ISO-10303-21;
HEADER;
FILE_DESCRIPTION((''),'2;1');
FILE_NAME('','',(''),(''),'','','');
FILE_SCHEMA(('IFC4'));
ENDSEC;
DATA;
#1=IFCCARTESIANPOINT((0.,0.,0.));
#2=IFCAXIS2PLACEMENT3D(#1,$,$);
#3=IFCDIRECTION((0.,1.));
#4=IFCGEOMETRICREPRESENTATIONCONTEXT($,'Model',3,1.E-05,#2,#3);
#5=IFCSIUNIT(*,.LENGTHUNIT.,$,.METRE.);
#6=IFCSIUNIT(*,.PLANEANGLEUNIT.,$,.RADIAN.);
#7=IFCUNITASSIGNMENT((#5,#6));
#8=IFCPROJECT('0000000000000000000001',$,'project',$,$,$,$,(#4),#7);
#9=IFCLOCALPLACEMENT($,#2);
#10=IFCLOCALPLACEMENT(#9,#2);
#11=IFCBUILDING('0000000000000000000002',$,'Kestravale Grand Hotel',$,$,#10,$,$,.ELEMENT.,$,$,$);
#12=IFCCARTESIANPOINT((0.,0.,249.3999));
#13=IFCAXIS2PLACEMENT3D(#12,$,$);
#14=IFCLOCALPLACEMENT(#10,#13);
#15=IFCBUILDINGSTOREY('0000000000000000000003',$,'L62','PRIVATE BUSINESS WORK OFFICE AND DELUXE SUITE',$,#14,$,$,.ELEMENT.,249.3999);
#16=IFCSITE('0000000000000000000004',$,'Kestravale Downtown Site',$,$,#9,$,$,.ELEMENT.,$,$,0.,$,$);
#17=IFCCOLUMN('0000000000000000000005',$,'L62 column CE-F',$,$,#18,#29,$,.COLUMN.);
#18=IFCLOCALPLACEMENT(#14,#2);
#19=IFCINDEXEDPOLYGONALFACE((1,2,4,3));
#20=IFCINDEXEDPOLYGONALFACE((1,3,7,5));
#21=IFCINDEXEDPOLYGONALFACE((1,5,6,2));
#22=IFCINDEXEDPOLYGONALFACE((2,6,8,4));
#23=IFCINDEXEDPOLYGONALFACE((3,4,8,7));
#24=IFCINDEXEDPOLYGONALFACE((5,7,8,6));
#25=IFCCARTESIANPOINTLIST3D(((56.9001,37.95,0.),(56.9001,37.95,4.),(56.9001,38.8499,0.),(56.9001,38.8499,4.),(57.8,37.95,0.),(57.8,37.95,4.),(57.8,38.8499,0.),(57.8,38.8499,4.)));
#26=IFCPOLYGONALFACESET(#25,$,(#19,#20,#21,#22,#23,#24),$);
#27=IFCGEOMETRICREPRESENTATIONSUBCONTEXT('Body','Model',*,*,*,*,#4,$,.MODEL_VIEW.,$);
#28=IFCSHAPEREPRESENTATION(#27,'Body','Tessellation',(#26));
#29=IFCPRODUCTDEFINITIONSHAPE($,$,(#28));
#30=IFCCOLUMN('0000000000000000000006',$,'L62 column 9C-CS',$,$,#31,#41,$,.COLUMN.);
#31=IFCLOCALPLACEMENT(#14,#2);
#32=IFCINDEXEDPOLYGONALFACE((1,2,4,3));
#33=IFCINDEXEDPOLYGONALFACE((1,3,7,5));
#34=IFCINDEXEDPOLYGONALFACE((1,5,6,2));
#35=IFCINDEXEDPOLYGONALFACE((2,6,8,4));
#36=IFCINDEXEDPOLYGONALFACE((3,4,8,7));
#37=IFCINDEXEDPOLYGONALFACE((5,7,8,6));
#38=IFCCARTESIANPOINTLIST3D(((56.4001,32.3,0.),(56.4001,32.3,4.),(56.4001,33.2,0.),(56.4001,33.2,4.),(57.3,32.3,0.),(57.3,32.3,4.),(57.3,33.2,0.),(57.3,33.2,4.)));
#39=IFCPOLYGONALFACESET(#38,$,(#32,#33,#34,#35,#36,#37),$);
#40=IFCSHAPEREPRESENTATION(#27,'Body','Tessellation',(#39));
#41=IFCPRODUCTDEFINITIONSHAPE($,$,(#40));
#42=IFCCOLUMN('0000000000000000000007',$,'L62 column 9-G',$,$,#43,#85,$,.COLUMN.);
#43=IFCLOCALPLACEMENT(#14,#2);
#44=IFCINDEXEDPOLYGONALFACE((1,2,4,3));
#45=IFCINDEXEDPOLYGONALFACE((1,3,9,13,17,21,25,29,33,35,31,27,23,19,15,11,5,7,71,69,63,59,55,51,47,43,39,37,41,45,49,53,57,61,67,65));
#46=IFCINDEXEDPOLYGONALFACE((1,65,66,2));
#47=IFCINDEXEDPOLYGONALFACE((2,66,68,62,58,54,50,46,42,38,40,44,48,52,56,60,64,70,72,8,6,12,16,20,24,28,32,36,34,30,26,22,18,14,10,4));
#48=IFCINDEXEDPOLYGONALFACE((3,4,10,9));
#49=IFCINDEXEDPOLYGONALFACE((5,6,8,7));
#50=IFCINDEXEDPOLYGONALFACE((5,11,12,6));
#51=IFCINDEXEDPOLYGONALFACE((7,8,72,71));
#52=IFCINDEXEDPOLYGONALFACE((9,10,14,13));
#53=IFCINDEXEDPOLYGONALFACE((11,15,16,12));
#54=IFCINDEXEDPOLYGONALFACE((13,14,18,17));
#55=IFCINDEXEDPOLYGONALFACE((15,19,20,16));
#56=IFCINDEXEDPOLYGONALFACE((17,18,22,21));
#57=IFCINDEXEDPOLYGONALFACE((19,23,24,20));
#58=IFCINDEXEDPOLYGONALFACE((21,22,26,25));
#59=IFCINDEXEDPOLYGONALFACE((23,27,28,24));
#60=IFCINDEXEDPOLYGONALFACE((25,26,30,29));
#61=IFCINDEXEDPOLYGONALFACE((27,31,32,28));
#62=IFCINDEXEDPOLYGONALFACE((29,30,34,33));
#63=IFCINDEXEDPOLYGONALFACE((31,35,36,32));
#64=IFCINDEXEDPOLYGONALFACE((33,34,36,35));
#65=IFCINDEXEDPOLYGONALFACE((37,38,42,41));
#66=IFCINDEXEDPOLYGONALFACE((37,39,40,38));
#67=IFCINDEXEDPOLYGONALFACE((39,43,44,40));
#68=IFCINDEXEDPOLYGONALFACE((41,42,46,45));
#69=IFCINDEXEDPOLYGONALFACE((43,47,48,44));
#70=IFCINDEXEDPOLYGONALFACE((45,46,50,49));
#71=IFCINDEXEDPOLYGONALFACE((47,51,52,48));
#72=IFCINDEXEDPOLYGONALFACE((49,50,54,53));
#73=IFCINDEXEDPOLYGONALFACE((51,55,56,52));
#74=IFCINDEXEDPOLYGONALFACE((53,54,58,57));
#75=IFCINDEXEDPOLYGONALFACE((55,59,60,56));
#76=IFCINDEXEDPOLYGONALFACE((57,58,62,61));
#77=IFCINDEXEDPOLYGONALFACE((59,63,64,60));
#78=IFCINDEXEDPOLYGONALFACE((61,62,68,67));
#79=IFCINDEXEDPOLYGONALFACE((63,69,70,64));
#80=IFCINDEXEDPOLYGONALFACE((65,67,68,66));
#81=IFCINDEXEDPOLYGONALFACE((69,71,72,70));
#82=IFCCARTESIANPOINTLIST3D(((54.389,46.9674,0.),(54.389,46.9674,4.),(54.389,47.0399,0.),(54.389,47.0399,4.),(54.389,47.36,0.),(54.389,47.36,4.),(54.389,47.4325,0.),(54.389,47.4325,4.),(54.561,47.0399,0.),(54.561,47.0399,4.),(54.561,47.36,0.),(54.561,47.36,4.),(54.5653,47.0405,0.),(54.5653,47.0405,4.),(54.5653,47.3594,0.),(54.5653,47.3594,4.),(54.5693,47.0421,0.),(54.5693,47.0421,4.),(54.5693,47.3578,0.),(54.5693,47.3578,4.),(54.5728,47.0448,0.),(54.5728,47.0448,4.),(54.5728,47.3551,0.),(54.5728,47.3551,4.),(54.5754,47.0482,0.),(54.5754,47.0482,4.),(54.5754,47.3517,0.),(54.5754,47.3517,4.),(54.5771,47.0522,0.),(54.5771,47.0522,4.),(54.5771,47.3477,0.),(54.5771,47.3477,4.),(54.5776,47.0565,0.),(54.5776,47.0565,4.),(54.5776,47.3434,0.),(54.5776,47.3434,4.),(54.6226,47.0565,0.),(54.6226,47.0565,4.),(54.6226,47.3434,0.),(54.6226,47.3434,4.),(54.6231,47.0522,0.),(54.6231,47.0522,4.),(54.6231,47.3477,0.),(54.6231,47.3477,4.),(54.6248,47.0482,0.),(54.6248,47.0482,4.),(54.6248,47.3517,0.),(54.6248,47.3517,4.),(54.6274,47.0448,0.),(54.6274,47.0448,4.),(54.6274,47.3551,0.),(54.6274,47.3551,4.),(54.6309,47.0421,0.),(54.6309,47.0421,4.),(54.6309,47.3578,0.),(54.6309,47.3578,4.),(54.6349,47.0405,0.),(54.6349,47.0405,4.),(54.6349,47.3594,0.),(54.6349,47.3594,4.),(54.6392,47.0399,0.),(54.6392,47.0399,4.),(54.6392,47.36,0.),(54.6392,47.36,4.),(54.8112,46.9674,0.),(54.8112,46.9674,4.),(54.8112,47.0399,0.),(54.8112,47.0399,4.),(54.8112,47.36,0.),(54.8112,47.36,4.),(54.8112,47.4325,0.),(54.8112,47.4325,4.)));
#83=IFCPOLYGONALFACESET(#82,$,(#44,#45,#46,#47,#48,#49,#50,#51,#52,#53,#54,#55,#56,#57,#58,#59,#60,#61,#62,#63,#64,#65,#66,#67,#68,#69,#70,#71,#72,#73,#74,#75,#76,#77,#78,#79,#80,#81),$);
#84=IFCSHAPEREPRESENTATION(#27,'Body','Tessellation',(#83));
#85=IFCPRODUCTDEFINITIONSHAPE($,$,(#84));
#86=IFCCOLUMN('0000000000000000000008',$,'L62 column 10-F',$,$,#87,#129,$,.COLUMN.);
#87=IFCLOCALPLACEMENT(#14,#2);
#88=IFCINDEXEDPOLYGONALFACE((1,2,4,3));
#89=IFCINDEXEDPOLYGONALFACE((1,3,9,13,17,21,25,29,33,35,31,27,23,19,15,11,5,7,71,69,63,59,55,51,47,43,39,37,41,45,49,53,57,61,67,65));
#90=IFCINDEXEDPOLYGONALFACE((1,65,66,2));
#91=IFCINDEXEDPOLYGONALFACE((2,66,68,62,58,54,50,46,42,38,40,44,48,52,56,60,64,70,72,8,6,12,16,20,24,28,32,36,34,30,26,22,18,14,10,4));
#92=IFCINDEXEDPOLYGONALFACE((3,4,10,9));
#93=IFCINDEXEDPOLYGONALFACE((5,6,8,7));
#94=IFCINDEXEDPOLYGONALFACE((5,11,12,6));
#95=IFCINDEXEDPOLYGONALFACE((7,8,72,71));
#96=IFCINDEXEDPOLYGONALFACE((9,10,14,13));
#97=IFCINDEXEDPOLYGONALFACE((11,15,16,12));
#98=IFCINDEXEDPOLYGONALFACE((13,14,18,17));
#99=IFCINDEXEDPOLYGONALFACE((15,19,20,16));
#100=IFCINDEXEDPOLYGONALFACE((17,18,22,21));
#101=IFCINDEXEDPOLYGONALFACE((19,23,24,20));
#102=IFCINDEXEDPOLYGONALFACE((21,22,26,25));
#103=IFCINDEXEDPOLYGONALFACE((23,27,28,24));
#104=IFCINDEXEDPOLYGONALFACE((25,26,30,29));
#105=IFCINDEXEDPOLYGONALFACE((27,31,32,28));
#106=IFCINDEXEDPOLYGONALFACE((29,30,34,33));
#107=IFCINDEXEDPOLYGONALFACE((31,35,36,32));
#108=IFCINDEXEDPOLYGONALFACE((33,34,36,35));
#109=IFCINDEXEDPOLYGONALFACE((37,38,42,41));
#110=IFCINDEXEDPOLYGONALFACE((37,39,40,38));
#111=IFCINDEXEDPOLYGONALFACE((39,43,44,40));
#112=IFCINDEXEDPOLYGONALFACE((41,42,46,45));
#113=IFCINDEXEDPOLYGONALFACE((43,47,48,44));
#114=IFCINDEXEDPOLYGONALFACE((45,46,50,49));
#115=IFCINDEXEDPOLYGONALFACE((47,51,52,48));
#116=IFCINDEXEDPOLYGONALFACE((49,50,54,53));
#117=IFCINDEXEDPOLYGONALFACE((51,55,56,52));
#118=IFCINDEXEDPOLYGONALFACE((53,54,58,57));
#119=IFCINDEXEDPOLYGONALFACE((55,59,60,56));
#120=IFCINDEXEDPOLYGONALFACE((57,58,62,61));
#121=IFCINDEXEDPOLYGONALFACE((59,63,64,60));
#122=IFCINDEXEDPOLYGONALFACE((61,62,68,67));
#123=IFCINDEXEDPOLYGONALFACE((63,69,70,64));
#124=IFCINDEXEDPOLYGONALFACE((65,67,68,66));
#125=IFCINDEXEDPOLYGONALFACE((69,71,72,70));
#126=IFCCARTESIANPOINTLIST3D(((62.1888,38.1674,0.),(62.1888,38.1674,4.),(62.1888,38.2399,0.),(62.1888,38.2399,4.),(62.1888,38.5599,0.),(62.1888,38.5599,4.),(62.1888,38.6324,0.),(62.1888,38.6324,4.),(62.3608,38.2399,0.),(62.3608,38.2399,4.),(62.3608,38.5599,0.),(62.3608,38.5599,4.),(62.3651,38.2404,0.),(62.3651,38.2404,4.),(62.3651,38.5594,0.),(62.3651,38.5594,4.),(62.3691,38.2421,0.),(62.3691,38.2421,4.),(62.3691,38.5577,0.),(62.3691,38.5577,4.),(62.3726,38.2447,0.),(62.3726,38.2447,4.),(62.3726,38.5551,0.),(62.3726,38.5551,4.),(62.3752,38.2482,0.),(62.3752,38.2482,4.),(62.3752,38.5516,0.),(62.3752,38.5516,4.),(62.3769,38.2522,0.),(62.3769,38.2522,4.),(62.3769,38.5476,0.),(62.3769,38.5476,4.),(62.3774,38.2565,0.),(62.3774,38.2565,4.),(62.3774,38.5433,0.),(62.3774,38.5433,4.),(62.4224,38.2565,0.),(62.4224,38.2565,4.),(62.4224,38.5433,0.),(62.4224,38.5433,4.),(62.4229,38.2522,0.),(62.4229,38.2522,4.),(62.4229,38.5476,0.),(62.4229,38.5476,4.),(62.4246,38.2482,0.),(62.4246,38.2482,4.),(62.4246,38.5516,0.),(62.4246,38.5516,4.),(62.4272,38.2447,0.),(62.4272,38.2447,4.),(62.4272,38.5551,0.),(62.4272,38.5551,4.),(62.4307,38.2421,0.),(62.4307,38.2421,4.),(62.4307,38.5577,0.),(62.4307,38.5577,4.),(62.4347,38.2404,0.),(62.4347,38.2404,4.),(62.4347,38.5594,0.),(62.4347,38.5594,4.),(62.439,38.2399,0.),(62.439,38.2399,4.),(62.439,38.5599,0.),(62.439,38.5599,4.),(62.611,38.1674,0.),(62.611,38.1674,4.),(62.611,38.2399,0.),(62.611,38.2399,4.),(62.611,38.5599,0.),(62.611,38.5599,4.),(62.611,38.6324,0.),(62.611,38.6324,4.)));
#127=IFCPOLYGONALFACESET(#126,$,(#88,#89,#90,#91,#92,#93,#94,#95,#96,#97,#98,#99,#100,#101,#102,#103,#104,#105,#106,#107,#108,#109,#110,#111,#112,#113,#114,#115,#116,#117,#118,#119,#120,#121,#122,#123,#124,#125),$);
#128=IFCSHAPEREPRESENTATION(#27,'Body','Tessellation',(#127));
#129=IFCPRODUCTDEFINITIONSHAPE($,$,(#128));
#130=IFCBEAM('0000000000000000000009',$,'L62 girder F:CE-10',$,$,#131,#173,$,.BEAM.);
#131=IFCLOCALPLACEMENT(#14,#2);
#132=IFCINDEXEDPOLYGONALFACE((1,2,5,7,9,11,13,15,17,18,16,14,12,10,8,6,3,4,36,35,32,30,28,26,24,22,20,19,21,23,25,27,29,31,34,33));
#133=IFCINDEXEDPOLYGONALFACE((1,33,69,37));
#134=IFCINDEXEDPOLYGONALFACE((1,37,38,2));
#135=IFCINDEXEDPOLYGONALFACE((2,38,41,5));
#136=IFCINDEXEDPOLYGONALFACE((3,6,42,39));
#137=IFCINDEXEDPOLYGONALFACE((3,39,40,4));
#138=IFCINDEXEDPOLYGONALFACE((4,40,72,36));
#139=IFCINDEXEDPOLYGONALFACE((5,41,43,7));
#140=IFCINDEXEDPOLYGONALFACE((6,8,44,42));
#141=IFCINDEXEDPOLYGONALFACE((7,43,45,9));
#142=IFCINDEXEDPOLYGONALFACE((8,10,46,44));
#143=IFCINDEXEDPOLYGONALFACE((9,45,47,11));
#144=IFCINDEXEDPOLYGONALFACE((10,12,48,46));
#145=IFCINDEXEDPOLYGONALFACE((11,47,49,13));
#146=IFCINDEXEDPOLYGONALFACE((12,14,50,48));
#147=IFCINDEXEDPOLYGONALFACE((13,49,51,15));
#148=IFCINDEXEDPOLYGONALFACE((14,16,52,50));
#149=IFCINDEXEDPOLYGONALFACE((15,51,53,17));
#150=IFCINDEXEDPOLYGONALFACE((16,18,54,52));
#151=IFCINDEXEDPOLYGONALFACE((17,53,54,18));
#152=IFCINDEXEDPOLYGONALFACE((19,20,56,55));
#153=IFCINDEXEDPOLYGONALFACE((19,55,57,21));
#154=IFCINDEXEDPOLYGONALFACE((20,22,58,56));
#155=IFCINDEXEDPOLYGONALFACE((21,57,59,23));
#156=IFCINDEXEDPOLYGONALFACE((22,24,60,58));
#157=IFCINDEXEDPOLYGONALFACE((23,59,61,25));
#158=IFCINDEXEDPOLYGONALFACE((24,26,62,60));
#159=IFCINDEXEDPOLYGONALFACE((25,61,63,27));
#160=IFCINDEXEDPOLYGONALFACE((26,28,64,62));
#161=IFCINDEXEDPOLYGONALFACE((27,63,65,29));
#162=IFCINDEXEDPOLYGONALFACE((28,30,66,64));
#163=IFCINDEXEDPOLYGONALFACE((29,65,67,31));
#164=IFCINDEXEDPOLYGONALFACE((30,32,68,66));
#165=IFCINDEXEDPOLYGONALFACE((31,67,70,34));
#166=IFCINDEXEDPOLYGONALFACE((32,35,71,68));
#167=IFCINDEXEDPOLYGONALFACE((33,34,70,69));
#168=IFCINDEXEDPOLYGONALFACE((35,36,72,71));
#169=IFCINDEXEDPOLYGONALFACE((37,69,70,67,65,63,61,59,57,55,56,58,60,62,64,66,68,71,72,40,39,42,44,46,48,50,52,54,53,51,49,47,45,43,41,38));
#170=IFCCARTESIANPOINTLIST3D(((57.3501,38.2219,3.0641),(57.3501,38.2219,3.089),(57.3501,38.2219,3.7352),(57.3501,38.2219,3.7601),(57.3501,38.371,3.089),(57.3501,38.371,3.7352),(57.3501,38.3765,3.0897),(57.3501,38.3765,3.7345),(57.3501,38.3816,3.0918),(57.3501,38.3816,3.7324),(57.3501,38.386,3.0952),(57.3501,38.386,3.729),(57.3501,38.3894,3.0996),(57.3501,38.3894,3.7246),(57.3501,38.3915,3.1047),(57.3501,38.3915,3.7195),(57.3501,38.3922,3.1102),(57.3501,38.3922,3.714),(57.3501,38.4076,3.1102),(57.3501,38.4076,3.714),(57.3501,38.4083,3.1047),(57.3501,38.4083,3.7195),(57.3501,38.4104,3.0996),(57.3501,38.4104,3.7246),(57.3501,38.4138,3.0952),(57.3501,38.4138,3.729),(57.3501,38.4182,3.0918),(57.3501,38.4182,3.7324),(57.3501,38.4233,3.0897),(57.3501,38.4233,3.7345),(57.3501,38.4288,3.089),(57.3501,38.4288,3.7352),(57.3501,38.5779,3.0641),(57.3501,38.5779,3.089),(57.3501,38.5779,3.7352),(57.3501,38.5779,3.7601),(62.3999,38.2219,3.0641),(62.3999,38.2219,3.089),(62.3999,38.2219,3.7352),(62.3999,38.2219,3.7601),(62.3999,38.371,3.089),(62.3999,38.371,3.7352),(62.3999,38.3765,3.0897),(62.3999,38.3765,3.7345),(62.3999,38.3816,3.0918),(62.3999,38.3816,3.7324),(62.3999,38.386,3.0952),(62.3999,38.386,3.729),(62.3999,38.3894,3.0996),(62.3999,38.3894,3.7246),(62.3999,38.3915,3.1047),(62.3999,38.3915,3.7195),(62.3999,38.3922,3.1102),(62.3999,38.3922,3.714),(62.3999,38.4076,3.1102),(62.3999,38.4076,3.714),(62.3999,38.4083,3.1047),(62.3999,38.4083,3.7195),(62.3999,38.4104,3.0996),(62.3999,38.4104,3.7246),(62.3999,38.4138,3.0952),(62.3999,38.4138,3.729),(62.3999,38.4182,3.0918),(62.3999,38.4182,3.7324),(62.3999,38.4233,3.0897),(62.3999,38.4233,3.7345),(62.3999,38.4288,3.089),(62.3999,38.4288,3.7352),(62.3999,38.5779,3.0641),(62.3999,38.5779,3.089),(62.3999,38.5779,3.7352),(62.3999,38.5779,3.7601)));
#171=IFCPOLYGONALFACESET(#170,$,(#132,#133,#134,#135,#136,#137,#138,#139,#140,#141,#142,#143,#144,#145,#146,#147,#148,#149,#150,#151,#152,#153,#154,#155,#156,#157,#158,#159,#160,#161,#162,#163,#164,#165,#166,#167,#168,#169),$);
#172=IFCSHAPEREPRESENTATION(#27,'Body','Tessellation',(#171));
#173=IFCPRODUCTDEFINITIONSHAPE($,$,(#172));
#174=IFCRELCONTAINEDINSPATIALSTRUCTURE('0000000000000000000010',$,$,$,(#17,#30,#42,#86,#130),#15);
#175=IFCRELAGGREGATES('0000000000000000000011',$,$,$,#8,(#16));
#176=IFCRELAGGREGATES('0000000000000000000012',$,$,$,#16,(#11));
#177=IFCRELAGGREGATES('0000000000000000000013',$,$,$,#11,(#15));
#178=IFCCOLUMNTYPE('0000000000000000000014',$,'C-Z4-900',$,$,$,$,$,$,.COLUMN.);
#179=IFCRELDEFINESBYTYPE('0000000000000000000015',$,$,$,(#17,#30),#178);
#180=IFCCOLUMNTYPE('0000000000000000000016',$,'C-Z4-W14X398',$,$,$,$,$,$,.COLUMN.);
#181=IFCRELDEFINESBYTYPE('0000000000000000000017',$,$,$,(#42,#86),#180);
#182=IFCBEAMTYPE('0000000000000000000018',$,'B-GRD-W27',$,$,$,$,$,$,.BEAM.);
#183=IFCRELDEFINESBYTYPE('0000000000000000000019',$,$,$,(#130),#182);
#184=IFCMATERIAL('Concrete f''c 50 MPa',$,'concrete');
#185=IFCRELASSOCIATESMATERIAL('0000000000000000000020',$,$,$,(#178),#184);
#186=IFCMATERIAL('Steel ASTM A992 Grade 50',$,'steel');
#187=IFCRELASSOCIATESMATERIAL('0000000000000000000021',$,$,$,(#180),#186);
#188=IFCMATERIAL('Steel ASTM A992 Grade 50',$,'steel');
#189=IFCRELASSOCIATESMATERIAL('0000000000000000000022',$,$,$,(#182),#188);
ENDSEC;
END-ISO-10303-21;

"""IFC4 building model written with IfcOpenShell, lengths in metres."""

from ifc_helpers import new_model, si_unit, direction, frame, origin, origin_2d, place, context, subcontext, project, spatial, rectangle, i_section, extrude, material, material_profile, profile_set, type_object, element, save


model = new_model("IFC4")

# Units and contexts
model_context = context("Model", 3, precision=1e-05, world=origin(), true_north=direction((0.0, 1.0)))
body_context = subcontext(model_context, "Body", "Model", "MODEL_VIEW")
ifc_project = project(units=[si_unit("LENGTHUNIT", "METRE"), si_unit("PLANEANGLEUNIT", "RADIAN")], contexts=[model_context])

# Site, building, storey
site_placement = place(None, origin())
site = spatial("IfcSite", under=ifc_project, at=site_placement, Name="Kestravale Downtown Site", CompositionType="ELEMENT", RefElevation=0.0)
building_placement = place(site_placement, origin())
building = spatial("IfcBuilding", under=site, at=building_placement, Name="Kestravale Grand Hotel", CompositionType="ELEMENT")
storey_placement = place(building_placement, frame((0.0, 0.0, 249.3999)))
storey = spatial("IfcBuildingStorey", under=building, at=storey_placement, Name="L62", Description="PRIVATE BUSINESS WORK OFFICE AND DELUXE SUITE", CompositionType="ELEMENT", Elevation=249.3999)

# Columns
ifc_material_1 = material(Name="Concrete f'c 50 MPa", Category="concrete")
ifc_material_profile_1 = material_profile(ifc_material_1, rectangle(XDim=0.8999, YDim=0.8999, at=origin_2d()))
ifc_profile_set_1 = profile_set([ifc_material_profile_1], Name="Concrete f'c 50 MPa")
column_type_1 = type_object("IfcColumnType", Name="C-Z4-900", PredefinedType="COLUMN", material=ifc_profile_set_1)
for number, where, z_axis, x_axis, name in (
    (1, (57.3501, 38.3999, 0.0), (0.0, 0.0, 1.0), (1.0, 0.0, 0.0), "L62 column CE-F"),
    (2, (56.8501, 32.75, 0.0), (0.0, 0.0, 1.0), (1.0, 0.0, 0.0), "L62 column 9C-CS"),
):
    element("IfcColumn", number, at=place(storey_placement, frame(where, z_axis=z_axis, x_axis=x_axis)), inside=storey, type_object=column_type_1, Name=name, PredefinedType="COLUMN", context=body_context, shape_type="SweptSolid", body=[
        extrude(rectangle(XDim=0.8999, YDim=0.8999, at=origin_2d()), origin(), (0.0, 0.0, 1.0), 4.0),
    ])
ifc_material_2 = material(Name="Steel ASTM A992 Grade 50", Category="steel")
ifc_material_profile_2 = material_profile(ifc_material_2, i_section(OverallWidth=0.4221, OverallDepth=0.4651, WebThickness=0.0449, FlangeThickness=0.0725, FilletRadius=0.0166, at=origin_2d()))
ifc_profile_set_2 = profile_set([ifc_material_profile_2], Name="Steel ASTM A992 Grade 50")
column_type_2 = type_object("IfcColumnType", Name="C-Z4-W14X398", PredefinedType="COLUMN", material=ifc_profile_set_2)
for number, where, z_axis, x_axis, name in (
    (3, (54.6001, 47.2, 0.0), (0.0, 0.0, 1.0), (1.0, 0.0, 0.0), "L62 column 9-G"),
    (4, (62.3999, 38.3999, 0.0), (0.0, 0.0, 1.0), (1.0, 0.0, 0.0), "L62 column 10-F"),
):
    element("IfcColumn", number, at=place(storey_placement, frame(where, z_axis=z_axis, x_axis=x_axis)), inside=storey, type_object=column_type_2, Name=name, PredefinedType="COLUMN", context=body_context, shape_type="SweptSolid", body=[
        extrude(i_section(OverallWidth=0.4221, OverallDepth=0.4651, WebThickness=0.0449, FlangeThickness=0.0725, FilletRadius=0.0166, at=origin_2d()), origin(), (0.0, 0.0, 1.0), 4.0),
    ])

# Beam
ifc_material_3 = material(Name="Steel ASTM A992 Grade 50", Category="steel")
ifc_material_profile_3 = material_profile(ifc_material_3, i_section(OverallWidth=0.356, OverallDepth=0.696, WebThickness=0.0154, FlangeThickness=0.0249, FilletRadius=0.0212, at=origin_2d()))
ifc_profile_set_3 = profile_set([ifc_material_profile_3], Name="Steel ASTM A992 Grade 50")
beam_type = type_object("IfcBeamType", Name="B-GRD-W27", PredefinedType="BEAM", material=ifc_profile_set_3)
beam_1_placement = place(storey_placement, frame((57.3501, 38.3999, 3.4121), z_axis=(1.0, 0.0, 0.0), x_axis=(0.0, 1.0, 0.0)))
element("IfcBeam", 5, at=beam_1_placement, inside=storey, type_object=beam_type, Name="L62 girder F:CE-10", PredefinedType="BEAM", context=body_context, shape_type="SweptSolid", body=[
    extrude(i_section(OverallWidth=0.356, OverallDepth=0.696, WebThickness=0.0154, FlangeThickness=0.0249, FilletRadius=0.0212, at=origin_2d()), origin(), (0.0, 0.0, 1.0), 5.0498),
])

save(model, "model.ifc")
